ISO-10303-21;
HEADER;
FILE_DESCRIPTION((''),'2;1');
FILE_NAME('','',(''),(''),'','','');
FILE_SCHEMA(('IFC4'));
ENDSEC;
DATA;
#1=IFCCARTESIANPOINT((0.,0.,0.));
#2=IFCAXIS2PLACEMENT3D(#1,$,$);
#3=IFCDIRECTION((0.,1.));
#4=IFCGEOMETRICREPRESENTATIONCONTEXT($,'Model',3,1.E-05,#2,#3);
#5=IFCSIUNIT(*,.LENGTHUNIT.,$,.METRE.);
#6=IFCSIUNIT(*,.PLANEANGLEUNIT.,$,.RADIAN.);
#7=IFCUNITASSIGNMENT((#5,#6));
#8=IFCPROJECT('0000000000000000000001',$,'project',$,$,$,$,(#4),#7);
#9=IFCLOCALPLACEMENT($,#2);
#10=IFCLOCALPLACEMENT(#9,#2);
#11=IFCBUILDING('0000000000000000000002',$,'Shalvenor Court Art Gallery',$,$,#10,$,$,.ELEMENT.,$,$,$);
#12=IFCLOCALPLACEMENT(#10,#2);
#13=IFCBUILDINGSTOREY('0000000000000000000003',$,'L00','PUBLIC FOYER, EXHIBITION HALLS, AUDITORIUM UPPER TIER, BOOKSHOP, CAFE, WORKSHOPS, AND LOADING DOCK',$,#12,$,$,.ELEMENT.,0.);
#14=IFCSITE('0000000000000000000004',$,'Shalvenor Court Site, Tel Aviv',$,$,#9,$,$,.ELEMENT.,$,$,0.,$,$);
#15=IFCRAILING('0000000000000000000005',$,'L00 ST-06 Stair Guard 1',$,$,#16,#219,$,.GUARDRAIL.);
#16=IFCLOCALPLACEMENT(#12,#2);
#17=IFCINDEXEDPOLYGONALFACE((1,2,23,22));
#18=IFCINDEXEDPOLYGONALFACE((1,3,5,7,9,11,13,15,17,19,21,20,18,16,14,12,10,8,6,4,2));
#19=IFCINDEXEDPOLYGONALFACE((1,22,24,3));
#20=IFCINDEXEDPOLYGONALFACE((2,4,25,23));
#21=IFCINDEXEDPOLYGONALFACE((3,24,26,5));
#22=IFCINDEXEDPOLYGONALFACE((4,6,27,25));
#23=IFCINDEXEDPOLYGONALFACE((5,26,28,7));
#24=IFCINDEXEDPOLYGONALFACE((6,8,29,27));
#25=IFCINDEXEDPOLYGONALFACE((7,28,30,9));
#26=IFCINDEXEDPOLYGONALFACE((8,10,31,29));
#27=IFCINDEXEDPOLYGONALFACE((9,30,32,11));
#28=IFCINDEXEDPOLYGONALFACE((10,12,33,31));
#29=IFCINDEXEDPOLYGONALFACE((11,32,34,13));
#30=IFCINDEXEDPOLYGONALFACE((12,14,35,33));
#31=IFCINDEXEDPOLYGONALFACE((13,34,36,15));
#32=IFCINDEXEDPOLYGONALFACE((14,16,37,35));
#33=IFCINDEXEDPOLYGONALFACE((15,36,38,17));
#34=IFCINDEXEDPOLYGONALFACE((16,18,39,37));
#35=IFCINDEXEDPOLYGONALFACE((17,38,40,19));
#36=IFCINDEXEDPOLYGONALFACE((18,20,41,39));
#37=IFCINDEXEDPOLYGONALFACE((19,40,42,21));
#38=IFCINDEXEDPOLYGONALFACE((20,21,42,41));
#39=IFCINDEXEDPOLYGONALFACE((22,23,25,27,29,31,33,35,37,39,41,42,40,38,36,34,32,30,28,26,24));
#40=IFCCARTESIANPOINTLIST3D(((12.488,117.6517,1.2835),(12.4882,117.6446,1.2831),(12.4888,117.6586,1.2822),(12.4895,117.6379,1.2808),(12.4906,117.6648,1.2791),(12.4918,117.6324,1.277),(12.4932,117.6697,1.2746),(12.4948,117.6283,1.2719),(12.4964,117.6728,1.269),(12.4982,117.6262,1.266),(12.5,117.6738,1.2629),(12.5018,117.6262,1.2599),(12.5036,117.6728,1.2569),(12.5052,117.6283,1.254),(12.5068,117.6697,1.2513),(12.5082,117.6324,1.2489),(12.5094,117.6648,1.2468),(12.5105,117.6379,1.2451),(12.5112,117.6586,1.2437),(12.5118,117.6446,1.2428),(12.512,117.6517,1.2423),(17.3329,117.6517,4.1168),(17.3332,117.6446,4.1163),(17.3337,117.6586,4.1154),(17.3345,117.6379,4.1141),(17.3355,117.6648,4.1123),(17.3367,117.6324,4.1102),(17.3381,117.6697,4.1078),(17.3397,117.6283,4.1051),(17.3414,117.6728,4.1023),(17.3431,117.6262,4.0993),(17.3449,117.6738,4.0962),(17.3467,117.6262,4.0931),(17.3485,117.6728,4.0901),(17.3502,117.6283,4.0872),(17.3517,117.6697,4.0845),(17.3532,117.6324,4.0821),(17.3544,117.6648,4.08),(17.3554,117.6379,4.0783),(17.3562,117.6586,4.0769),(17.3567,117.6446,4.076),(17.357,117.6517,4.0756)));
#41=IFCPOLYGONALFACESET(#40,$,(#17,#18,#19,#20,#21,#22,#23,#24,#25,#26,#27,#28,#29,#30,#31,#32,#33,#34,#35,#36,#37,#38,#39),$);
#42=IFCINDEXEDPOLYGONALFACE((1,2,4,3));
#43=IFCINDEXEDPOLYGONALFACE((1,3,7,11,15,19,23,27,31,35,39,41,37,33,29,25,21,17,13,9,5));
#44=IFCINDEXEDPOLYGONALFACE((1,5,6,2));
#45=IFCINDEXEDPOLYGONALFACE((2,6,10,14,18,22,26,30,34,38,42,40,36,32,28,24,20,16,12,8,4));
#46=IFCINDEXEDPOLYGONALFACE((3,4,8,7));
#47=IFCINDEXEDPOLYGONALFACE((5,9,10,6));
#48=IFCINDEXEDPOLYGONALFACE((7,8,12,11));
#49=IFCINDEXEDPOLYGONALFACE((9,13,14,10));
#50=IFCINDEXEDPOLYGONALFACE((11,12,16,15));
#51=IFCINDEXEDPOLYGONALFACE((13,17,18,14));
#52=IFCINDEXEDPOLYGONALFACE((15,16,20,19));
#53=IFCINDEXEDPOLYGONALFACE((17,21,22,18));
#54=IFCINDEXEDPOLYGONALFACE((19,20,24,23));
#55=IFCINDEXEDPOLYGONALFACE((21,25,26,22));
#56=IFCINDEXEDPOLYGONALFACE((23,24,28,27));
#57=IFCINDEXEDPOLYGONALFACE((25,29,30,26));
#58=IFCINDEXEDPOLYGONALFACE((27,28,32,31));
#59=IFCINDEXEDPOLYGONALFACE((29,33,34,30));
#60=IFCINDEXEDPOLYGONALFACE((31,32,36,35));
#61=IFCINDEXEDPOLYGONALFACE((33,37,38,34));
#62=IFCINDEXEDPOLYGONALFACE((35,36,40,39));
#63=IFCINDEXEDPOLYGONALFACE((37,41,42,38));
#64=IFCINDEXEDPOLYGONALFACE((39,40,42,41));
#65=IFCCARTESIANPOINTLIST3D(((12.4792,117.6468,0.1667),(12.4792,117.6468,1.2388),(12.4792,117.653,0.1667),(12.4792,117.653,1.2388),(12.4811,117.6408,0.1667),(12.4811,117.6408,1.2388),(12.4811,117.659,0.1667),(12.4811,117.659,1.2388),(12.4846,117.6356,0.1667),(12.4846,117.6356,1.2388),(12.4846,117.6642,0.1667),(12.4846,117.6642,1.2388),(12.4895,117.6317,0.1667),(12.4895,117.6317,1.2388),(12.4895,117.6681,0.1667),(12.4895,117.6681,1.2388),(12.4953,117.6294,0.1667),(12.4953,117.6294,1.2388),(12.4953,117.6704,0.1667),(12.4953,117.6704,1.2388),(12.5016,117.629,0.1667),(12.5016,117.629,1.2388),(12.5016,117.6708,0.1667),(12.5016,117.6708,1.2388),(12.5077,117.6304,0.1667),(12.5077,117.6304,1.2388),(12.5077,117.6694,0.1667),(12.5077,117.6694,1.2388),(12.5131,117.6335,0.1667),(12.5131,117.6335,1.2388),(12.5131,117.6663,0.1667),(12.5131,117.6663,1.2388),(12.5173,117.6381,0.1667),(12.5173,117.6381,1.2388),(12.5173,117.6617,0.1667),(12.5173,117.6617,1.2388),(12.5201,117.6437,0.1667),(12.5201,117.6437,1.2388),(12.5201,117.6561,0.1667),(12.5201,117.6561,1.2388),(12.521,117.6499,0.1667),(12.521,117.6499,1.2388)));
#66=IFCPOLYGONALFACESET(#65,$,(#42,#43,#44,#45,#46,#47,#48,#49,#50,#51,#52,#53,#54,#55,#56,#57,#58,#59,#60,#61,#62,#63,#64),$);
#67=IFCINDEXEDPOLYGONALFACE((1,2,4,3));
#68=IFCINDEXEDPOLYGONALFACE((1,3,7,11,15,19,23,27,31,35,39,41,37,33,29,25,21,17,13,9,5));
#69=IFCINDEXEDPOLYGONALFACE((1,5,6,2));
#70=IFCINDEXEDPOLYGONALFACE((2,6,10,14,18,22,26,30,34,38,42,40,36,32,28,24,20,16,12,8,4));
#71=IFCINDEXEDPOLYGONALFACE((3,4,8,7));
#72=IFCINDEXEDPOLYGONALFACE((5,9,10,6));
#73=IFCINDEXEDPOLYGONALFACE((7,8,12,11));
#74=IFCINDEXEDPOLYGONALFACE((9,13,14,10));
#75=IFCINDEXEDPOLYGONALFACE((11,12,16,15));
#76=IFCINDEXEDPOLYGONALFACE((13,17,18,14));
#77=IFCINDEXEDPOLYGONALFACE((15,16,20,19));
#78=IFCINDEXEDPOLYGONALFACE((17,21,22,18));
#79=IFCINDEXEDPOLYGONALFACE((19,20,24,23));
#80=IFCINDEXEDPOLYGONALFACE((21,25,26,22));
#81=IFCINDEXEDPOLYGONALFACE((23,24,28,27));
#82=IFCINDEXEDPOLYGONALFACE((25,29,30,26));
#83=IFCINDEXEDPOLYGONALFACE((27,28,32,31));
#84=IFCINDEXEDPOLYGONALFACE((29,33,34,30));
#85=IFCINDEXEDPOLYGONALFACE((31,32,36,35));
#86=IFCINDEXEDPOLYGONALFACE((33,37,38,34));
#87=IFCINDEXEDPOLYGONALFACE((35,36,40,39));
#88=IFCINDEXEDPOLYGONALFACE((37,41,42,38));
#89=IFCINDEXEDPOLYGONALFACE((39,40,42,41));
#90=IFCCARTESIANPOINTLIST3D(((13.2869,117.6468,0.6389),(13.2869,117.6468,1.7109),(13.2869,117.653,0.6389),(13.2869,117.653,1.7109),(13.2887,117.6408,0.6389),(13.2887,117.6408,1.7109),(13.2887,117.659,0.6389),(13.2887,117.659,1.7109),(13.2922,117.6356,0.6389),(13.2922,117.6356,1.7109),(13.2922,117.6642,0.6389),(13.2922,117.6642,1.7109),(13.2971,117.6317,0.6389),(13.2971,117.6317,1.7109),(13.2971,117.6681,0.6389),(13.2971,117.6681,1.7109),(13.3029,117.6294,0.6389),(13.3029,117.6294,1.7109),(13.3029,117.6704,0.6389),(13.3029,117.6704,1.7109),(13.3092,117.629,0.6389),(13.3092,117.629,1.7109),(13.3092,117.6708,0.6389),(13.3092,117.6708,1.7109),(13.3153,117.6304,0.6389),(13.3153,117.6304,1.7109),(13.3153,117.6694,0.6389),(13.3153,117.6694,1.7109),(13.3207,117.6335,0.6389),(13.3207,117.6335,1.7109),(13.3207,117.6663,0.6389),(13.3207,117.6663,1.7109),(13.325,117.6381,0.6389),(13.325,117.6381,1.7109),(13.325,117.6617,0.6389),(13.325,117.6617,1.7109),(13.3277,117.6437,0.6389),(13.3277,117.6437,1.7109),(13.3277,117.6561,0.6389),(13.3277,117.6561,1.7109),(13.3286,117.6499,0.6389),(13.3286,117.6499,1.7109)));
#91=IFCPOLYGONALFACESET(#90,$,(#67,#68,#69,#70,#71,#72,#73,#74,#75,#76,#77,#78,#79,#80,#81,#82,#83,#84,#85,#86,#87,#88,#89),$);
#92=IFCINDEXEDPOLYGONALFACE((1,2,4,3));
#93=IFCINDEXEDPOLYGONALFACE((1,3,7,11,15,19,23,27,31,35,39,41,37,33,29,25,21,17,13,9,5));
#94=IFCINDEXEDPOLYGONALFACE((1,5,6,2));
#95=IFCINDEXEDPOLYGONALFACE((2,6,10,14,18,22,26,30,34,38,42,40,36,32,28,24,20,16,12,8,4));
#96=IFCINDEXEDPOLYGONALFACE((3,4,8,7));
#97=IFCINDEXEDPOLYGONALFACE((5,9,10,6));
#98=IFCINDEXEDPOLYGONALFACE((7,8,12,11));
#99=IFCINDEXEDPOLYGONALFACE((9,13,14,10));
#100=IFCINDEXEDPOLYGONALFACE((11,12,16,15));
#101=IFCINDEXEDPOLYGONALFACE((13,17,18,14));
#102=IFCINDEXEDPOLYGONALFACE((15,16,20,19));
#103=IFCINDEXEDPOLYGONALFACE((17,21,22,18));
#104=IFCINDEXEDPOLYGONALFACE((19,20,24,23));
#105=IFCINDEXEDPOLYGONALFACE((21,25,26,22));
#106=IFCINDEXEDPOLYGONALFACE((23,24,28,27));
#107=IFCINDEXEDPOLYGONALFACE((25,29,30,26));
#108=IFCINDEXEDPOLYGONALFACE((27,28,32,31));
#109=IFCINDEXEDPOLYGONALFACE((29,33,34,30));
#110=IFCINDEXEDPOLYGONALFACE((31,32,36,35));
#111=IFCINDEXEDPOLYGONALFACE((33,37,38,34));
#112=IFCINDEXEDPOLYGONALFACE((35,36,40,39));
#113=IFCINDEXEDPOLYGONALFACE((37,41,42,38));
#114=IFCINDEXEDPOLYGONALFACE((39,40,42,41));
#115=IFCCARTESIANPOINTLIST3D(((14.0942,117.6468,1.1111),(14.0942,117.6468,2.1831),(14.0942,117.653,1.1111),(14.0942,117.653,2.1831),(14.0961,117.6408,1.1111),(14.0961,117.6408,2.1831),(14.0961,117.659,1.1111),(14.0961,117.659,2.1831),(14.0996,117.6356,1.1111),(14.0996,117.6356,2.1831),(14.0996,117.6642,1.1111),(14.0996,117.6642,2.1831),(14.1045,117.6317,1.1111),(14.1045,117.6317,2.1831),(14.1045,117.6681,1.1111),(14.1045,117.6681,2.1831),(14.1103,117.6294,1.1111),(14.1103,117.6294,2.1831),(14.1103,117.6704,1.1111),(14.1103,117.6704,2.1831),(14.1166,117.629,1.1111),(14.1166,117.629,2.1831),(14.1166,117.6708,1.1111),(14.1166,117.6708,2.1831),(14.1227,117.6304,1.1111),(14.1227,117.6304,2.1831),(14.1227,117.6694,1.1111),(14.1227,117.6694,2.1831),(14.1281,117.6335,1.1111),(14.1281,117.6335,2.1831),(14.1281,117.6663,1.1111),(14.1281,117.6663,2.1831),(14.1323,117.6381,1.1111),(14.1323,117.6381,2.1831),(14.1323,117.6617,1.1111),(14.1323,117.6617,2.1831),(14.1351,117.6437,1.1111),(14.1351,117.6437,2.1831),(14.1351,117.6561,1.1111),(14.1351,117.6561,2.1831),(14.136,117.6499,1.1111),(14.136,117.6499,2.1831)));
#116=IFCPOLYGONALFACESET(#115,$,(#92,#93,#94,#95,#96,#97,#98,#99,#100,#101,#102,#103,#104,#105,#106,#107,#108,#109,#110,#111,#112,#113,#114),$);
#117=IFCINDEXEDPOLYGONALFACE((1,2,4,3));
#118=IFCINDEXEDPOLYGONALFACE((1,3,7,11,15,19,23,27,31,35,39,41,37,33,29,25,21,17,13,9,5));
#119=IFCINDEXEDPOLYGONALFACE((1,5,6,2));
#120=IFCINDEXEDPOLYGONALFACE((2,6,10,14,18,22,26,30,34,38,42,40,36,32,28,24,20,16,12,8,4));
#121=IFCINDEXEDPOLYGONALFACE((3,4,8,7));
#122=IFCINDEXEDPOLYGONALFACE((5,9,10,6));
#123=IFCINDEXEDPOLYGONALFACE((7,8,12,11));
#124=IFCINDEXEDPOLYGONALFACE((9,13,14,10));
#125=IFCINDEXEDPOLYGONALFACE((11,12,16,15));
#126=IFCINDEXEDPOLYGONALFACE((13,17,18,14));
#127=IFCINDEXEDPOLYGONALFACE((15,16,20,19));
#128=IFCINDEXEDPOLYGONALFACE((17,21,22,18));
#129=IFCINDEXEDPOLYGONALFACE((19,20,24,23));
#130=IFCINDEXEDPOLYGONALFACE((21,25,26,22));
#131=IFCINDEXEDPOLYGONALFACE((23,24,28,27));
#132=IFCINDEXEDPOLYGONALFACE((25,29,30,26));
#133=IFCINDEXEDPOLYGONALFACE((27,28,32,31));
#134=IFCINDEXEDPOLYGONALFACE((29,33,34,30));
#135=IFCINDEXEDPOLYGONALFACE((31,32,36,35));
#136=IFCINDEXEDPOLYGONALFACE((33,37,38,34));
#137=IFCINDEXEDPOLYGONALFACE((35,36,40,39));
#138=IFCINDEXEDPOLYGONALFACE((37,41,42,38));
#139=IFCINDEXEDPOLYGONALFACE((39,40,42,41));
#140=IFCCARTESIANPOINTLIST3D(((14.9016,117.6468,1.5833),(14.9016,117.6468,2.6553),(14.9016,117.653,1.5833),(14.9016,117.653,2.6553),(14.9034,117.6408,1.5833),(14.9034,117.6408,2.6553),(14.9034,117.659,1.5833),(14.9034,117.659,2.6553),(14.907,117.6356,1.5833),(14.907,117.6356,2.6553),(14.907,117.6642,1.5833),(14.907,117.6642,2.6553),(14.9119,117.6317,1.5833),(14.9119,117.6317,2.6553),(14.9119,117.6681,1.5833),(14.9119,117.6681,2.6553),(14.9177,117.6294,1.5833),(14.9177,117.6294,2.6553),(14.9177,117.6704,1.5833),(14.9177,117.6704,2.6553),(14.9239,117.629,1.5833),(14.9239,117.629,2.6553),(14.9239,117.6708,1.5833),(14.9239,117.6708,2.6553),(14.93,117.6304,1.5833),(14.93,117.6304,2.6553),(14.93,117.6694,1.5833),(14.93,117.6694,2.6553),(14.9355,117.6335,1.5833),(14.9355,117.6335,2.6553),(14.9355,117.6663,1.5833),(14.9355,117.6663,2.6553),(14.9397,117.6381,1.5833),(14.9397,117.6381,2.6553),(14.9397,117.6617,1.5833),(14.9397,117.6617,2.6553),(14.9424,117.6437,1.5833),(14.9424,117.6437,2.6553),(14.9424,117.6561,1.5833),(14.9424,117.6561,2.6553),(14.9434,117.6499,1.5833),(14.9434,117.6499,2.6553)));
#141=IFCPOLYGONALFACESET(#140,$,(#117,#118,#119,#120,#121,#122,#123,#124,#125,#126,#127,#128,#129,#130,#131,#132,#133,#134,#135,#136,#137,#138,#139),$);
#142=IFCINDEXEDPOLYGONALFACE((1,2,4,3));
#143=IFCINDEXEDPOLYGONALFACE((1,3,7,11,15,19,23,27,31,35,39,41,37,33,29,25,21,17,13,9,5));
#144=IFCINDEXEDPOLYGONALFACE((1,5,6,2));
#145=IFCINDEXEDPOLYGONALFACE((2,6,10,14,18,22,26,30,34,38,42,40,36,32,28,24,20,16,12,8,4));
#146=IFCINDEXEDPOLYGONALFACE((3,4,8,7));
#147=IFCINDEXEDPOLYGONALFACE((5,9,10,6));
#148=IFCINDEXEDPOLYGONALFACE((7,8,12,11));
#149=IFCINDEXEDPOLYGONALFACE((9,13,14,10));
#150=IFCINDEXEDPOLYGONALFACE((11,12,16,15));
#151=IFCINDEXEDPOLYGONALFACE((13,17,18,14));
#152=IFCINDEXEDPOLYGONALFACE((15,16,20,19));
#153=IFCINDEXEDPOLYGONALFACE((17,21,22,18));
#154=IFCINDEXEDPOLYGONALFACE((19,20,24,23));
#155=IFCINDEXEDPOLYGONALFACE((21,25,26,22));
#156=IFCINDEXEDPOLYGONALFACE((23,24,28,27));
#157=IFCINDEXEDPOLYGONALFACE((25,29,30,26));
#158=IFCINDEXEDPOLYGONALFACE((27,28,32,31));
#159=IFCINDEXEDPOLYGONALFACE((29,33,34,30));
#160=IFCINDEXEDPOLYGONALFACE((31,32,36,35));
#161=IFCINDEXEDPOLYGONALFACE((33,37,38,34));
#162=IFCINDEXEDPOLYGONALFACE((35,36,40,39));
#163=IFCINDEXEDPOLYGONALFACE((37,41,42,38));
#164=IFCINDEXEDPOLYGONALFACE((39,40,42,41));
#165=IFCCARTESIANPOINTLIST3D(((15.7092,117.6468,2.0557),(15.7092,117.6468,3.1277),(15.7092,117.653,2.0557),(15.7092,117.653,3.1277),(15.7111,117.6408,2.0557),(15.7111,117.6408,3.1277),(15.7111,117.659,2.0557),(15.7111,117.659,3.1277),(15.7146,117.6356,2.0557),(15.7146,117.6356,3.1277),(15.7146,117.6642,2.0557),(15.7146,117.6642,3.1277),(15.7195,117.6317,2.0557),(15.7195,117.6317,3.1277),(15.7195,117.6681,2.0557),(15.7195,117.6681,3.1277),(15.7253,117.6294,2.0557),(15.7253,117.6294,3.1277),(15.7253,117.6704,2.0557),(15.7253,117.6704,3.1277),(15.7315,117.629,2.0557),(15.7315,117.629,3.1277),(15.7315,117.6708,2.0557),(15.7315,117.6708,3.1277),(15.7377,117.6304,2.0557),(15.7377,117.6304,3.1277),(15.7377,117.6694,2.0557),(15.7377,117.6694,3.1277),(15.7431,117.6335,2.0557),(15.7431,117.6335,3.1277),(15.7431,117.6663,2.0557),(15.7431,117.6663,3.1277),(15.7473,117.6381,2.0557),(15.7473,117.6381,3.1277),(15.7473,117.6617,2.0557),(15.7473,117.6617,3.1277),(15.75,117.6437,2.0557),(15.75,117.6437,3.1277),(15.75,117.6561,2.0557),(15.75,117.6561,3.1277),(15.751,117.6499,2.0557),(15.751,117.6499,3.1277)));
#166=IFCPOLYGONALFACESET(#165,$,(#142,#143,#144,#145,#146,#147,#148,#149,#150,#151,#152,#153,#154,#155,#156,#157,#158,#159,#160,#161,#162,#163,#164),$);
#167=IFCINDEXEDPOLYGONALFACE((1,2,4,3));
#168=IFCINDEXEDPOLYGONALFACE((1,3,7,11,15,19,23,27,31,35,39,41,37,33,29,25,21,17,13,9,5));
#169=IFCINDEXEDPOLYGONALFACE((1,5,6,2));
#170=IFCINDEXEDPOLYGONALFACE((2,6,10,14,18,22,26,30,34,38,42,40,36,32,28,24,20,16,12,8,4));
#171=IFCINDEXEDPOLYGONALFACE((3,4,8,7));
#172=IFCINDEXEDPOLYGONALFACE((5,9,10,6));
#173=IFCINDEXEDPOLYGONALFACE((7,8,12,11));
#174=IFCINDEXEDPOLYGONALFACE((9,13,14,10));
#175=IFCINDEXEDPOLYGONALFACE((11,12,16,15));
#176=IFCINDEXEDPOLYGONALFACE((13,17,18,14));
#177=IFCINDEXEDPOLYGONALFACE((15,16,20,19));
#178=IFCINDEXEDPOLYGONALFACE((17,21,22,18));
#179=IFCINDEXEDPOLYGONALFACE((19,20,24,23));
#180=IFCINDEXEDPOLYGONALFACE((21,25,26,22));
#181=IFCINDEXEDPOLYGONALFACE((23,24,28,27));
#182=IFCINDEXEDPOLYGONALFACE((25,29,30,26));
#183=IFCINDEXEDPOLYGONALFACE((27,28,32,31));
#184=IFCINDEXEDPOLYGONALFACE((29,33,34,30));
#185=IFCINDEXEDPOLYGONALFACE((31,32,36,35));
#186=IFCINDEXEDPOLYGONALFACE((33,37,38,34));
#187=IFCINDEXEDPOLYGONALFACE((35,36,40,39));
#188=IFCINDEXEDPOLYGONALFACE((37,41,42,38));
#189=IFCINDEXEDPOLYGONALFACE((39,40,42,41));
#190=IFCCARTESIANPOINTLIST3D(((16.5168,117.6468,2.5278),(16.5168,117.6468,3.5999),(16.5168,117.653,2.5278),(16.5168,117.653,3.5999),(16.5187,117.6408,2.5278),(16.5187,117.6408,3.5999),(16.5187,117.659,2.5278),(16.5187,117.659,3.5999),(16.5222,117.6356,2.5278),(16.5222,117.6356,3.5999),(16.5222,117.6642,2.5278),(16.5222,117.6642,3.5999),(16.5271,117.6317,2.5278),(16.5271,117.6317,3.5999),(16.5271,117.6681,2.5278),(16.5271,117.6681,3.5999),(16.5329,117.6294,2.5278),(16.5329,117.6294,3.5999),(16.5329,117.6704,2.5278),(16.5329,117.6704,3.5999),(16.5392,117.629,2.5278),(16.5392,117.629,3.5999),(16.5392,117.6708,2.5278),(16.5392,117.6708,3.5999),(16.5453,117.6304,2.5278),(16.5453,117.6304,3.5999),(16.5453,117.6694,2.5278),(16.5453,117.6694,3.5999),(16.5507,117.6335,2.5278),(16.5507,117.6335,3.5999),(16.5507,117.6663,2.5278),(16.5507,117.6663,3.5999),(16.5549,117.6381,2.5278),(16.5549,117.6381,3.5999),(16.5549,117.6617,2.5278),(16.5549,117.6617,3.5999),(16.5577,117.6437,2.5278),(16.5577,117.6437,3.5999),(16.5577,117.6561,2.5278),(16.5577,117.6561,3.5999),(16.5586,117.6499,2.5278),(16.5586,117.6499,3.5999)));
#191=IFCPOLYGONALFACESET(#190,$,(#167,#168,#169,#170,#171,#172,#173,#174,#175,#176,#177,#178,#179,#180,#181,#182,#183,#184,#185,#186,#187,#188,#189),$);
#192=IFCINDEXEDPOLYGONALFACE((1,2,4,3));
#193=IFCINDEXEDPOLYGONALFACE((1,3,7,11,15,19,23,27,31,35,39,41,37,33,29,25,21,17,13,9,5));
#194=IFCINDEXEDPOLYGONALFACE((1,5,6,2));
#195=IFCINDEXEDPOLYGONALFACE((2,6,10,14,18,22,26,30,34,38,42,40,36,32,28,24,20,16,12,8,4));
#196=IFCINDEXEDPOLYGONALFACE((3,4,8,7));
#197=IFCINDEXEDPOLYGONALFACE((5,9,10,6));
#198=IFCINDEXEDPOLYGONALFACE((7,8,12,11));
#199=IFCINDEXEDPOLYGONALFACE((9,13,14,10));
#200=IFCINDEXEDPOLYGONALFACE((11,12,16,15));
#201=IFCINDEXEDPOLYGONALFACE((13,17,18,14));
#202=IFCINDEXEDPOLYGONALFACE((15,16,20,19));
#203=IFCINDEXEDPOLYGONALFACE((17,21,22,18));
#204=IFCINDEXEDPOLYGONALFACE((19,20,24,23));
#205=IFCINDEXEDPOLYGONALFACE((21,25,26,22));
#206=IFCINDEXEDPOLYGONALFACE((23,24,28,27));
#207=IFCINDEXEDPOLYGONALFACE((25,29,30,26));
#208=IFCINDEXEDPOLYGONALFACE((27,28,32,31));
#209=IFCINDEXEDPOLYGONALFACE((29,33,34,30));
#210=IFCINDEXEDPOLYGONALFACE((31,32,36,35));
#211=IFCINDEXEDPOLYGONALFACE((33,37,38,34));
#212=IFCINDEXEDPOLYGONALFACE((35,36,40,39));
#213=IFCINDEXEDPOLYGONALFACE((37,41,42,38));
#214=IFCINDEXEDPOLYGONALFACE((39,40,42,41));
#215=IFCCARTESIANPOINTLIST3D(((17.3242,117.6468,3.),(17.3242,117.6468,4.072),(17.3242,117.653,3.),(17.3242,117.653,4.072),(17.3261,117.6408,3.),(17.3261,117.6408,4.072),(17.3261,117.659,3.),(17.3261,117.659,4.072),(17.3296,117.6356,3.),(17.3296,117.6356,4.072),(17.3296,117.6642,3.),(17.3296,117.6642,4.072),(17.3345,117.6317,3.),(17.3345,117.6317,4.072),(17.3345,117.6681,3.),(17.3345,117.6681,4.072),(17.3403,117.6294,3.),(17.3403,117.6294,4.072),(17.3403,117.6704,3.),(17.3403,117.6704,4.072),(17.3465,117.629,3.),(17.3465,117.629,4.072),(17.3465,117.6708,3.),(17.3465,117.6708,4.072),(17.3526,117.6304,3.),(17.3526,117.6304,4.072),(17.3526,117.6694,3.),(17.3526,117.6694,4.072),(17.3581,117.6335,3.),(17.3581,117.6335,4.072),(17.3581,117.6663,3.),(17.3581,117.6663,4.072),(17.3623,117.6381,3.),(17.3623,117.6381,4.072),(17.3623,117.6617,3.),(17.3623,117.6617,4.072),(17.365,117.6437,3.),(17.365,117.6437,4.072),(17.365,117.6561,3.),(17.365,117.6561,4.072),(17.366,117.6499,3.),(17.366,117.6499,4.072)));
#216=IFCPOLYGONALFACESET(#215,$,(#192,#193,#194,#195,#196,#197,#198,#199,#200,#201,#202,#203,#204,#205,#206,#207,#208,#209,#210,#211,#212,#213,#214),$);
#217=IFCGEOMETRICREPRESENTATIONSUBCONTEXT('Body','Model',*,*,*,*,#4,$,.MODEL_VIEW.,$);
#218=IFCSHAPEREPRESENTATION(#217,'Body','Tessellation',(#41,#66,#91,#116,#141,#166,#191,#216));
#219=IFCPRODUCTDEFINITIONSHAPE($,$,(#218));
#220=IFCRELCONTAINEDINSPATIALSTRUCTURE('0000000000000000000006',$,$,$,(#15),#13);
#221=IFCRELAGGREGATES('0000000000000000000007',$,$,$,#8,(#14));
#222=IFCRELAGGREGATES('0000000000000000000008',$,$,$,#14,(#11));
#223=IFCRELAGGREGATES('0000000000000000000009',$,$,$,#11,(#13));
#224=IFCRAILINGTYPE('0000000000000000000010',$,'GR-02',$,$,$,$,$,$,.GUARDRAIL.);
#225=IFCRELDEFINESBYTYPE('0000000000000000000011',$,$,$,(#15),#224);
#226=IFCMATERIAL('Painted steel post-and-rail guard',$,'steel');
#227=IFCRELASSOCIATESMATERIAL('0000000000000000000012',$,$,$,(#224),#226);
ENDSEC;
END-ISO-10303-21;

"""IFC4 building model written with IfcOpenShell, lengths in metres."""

from ifc_helpers import new_model, si_unit, direction, frame, origin, origin_2d, place, context, subcontext, project, spatial, circle, extrude, material, type_object, element, save


model = new_model("IFC4")

# Units and contexts
model_context = context("Model", 3, precision=1e-05, world=origin(), true_north=direction((0.0, 1.0)))
body_context = subcontext(model_context, "Body", "Model", "MODEL_VIEW")
ifc_project = project(units=[si_unit("LENGTHUNIT", "METRE"), si_unit("PLANEANGLEUNIT", "RADIAN")], contexts=[model_context])

# Site, building, storey
site_placement = place(None, origin())
site = spatial("IfcSite", under=ifc_project, at=site_placement, Name="Shalvenor Court Site, Tel Aviv", CompositionType="ELEMENT", RefElevation=0.0)
building_placement = place(site_placement, origin())
building = spatial("IfcBuilding", under=site, at=building_placement, Name="Shalvenor Court Art Gallery", CompositionType="ELEMENT")
storey_placement = place(building_placement, origin())
storey = spatial("IfcBuildingStorey", under=building, at=storey_placement, Name="L00", Description="PUBLIC FOYER, EXHIBITION HALLS, AUDITORIUM UPPER TIER, BOOKSHOP, CAFE, WORKSHOPS, AND LOADING DOCK", CompositionType="ELEMENT", Elevation=0.0)

# Railing
ifc_material_1 = material(Name="Painted steel post-and-rail guard", Category="steel")
railing_type_1 = type_object("IfcRailingType", Name="GR-02", PredefinedType="GUARDRAIL", material=ifc_material_1)
railing_1_placement = place(storey_placement, frame((12.5, 117.6499, 0.1667)))
element("IfcRailing", 1, at=railing_1_placement, inside=storey, type_object=railing_type_1, Name="L00 ST-06 Stair Guard 1", PredefinedType="GUARDRAIL", context=body_context, shape_type="SweptSolid", body=[
    extrude(circle(Radius=0.0239, at=origin_2d()), frame((0.0, 0.0, 1.0962), z_axis=(0.863234, 0.0, 0.504804), x_axis=(0.0, 1.0, 0.0)), (0.0, 0.0, 1.0), 5.6125),
    extrude(circle(Radius=0.021, at=origin_2d()), origin(), (0.0, 0.0, 1.0), 1.072),
    extrude(circle(Radius=0.021, at=origin_2d()), frame((0.8076, 0.0, 0.4722)), (0.0, 0.0, 1.0), 1.072),
    extrude(circle(Radius=0.021, at=origin_2d()), frame((1.615, 0.0, 0.9443)), (0.0, 0.0, 1.0), 1.072),
    extrude(circle(Radius=0.021, at=origin_2d()), frame((2.4224, 0.0, 1.4165)), (0.0, 0.0, 1.0), 1.072),
    extrude(circle(Radius=0.021, at=origin_2d()), frame((3.23, 0.0, 1.8889)), (0.0, 0.0, 1.0), 1.072),
    extrude(circle(Radius=0.021, at=origin_2d()), frame((4.0376, 0.0, 2.3611)), (0.0, 0.0, 1.0), 1.072),
    extrude(circle(Radius=0.021, at=origin_2d()), frame((4.845, 0.0, 2.8333)), (0.0, 0.0, 1.0), 1.072),
])

save(model, "model.ifc")
